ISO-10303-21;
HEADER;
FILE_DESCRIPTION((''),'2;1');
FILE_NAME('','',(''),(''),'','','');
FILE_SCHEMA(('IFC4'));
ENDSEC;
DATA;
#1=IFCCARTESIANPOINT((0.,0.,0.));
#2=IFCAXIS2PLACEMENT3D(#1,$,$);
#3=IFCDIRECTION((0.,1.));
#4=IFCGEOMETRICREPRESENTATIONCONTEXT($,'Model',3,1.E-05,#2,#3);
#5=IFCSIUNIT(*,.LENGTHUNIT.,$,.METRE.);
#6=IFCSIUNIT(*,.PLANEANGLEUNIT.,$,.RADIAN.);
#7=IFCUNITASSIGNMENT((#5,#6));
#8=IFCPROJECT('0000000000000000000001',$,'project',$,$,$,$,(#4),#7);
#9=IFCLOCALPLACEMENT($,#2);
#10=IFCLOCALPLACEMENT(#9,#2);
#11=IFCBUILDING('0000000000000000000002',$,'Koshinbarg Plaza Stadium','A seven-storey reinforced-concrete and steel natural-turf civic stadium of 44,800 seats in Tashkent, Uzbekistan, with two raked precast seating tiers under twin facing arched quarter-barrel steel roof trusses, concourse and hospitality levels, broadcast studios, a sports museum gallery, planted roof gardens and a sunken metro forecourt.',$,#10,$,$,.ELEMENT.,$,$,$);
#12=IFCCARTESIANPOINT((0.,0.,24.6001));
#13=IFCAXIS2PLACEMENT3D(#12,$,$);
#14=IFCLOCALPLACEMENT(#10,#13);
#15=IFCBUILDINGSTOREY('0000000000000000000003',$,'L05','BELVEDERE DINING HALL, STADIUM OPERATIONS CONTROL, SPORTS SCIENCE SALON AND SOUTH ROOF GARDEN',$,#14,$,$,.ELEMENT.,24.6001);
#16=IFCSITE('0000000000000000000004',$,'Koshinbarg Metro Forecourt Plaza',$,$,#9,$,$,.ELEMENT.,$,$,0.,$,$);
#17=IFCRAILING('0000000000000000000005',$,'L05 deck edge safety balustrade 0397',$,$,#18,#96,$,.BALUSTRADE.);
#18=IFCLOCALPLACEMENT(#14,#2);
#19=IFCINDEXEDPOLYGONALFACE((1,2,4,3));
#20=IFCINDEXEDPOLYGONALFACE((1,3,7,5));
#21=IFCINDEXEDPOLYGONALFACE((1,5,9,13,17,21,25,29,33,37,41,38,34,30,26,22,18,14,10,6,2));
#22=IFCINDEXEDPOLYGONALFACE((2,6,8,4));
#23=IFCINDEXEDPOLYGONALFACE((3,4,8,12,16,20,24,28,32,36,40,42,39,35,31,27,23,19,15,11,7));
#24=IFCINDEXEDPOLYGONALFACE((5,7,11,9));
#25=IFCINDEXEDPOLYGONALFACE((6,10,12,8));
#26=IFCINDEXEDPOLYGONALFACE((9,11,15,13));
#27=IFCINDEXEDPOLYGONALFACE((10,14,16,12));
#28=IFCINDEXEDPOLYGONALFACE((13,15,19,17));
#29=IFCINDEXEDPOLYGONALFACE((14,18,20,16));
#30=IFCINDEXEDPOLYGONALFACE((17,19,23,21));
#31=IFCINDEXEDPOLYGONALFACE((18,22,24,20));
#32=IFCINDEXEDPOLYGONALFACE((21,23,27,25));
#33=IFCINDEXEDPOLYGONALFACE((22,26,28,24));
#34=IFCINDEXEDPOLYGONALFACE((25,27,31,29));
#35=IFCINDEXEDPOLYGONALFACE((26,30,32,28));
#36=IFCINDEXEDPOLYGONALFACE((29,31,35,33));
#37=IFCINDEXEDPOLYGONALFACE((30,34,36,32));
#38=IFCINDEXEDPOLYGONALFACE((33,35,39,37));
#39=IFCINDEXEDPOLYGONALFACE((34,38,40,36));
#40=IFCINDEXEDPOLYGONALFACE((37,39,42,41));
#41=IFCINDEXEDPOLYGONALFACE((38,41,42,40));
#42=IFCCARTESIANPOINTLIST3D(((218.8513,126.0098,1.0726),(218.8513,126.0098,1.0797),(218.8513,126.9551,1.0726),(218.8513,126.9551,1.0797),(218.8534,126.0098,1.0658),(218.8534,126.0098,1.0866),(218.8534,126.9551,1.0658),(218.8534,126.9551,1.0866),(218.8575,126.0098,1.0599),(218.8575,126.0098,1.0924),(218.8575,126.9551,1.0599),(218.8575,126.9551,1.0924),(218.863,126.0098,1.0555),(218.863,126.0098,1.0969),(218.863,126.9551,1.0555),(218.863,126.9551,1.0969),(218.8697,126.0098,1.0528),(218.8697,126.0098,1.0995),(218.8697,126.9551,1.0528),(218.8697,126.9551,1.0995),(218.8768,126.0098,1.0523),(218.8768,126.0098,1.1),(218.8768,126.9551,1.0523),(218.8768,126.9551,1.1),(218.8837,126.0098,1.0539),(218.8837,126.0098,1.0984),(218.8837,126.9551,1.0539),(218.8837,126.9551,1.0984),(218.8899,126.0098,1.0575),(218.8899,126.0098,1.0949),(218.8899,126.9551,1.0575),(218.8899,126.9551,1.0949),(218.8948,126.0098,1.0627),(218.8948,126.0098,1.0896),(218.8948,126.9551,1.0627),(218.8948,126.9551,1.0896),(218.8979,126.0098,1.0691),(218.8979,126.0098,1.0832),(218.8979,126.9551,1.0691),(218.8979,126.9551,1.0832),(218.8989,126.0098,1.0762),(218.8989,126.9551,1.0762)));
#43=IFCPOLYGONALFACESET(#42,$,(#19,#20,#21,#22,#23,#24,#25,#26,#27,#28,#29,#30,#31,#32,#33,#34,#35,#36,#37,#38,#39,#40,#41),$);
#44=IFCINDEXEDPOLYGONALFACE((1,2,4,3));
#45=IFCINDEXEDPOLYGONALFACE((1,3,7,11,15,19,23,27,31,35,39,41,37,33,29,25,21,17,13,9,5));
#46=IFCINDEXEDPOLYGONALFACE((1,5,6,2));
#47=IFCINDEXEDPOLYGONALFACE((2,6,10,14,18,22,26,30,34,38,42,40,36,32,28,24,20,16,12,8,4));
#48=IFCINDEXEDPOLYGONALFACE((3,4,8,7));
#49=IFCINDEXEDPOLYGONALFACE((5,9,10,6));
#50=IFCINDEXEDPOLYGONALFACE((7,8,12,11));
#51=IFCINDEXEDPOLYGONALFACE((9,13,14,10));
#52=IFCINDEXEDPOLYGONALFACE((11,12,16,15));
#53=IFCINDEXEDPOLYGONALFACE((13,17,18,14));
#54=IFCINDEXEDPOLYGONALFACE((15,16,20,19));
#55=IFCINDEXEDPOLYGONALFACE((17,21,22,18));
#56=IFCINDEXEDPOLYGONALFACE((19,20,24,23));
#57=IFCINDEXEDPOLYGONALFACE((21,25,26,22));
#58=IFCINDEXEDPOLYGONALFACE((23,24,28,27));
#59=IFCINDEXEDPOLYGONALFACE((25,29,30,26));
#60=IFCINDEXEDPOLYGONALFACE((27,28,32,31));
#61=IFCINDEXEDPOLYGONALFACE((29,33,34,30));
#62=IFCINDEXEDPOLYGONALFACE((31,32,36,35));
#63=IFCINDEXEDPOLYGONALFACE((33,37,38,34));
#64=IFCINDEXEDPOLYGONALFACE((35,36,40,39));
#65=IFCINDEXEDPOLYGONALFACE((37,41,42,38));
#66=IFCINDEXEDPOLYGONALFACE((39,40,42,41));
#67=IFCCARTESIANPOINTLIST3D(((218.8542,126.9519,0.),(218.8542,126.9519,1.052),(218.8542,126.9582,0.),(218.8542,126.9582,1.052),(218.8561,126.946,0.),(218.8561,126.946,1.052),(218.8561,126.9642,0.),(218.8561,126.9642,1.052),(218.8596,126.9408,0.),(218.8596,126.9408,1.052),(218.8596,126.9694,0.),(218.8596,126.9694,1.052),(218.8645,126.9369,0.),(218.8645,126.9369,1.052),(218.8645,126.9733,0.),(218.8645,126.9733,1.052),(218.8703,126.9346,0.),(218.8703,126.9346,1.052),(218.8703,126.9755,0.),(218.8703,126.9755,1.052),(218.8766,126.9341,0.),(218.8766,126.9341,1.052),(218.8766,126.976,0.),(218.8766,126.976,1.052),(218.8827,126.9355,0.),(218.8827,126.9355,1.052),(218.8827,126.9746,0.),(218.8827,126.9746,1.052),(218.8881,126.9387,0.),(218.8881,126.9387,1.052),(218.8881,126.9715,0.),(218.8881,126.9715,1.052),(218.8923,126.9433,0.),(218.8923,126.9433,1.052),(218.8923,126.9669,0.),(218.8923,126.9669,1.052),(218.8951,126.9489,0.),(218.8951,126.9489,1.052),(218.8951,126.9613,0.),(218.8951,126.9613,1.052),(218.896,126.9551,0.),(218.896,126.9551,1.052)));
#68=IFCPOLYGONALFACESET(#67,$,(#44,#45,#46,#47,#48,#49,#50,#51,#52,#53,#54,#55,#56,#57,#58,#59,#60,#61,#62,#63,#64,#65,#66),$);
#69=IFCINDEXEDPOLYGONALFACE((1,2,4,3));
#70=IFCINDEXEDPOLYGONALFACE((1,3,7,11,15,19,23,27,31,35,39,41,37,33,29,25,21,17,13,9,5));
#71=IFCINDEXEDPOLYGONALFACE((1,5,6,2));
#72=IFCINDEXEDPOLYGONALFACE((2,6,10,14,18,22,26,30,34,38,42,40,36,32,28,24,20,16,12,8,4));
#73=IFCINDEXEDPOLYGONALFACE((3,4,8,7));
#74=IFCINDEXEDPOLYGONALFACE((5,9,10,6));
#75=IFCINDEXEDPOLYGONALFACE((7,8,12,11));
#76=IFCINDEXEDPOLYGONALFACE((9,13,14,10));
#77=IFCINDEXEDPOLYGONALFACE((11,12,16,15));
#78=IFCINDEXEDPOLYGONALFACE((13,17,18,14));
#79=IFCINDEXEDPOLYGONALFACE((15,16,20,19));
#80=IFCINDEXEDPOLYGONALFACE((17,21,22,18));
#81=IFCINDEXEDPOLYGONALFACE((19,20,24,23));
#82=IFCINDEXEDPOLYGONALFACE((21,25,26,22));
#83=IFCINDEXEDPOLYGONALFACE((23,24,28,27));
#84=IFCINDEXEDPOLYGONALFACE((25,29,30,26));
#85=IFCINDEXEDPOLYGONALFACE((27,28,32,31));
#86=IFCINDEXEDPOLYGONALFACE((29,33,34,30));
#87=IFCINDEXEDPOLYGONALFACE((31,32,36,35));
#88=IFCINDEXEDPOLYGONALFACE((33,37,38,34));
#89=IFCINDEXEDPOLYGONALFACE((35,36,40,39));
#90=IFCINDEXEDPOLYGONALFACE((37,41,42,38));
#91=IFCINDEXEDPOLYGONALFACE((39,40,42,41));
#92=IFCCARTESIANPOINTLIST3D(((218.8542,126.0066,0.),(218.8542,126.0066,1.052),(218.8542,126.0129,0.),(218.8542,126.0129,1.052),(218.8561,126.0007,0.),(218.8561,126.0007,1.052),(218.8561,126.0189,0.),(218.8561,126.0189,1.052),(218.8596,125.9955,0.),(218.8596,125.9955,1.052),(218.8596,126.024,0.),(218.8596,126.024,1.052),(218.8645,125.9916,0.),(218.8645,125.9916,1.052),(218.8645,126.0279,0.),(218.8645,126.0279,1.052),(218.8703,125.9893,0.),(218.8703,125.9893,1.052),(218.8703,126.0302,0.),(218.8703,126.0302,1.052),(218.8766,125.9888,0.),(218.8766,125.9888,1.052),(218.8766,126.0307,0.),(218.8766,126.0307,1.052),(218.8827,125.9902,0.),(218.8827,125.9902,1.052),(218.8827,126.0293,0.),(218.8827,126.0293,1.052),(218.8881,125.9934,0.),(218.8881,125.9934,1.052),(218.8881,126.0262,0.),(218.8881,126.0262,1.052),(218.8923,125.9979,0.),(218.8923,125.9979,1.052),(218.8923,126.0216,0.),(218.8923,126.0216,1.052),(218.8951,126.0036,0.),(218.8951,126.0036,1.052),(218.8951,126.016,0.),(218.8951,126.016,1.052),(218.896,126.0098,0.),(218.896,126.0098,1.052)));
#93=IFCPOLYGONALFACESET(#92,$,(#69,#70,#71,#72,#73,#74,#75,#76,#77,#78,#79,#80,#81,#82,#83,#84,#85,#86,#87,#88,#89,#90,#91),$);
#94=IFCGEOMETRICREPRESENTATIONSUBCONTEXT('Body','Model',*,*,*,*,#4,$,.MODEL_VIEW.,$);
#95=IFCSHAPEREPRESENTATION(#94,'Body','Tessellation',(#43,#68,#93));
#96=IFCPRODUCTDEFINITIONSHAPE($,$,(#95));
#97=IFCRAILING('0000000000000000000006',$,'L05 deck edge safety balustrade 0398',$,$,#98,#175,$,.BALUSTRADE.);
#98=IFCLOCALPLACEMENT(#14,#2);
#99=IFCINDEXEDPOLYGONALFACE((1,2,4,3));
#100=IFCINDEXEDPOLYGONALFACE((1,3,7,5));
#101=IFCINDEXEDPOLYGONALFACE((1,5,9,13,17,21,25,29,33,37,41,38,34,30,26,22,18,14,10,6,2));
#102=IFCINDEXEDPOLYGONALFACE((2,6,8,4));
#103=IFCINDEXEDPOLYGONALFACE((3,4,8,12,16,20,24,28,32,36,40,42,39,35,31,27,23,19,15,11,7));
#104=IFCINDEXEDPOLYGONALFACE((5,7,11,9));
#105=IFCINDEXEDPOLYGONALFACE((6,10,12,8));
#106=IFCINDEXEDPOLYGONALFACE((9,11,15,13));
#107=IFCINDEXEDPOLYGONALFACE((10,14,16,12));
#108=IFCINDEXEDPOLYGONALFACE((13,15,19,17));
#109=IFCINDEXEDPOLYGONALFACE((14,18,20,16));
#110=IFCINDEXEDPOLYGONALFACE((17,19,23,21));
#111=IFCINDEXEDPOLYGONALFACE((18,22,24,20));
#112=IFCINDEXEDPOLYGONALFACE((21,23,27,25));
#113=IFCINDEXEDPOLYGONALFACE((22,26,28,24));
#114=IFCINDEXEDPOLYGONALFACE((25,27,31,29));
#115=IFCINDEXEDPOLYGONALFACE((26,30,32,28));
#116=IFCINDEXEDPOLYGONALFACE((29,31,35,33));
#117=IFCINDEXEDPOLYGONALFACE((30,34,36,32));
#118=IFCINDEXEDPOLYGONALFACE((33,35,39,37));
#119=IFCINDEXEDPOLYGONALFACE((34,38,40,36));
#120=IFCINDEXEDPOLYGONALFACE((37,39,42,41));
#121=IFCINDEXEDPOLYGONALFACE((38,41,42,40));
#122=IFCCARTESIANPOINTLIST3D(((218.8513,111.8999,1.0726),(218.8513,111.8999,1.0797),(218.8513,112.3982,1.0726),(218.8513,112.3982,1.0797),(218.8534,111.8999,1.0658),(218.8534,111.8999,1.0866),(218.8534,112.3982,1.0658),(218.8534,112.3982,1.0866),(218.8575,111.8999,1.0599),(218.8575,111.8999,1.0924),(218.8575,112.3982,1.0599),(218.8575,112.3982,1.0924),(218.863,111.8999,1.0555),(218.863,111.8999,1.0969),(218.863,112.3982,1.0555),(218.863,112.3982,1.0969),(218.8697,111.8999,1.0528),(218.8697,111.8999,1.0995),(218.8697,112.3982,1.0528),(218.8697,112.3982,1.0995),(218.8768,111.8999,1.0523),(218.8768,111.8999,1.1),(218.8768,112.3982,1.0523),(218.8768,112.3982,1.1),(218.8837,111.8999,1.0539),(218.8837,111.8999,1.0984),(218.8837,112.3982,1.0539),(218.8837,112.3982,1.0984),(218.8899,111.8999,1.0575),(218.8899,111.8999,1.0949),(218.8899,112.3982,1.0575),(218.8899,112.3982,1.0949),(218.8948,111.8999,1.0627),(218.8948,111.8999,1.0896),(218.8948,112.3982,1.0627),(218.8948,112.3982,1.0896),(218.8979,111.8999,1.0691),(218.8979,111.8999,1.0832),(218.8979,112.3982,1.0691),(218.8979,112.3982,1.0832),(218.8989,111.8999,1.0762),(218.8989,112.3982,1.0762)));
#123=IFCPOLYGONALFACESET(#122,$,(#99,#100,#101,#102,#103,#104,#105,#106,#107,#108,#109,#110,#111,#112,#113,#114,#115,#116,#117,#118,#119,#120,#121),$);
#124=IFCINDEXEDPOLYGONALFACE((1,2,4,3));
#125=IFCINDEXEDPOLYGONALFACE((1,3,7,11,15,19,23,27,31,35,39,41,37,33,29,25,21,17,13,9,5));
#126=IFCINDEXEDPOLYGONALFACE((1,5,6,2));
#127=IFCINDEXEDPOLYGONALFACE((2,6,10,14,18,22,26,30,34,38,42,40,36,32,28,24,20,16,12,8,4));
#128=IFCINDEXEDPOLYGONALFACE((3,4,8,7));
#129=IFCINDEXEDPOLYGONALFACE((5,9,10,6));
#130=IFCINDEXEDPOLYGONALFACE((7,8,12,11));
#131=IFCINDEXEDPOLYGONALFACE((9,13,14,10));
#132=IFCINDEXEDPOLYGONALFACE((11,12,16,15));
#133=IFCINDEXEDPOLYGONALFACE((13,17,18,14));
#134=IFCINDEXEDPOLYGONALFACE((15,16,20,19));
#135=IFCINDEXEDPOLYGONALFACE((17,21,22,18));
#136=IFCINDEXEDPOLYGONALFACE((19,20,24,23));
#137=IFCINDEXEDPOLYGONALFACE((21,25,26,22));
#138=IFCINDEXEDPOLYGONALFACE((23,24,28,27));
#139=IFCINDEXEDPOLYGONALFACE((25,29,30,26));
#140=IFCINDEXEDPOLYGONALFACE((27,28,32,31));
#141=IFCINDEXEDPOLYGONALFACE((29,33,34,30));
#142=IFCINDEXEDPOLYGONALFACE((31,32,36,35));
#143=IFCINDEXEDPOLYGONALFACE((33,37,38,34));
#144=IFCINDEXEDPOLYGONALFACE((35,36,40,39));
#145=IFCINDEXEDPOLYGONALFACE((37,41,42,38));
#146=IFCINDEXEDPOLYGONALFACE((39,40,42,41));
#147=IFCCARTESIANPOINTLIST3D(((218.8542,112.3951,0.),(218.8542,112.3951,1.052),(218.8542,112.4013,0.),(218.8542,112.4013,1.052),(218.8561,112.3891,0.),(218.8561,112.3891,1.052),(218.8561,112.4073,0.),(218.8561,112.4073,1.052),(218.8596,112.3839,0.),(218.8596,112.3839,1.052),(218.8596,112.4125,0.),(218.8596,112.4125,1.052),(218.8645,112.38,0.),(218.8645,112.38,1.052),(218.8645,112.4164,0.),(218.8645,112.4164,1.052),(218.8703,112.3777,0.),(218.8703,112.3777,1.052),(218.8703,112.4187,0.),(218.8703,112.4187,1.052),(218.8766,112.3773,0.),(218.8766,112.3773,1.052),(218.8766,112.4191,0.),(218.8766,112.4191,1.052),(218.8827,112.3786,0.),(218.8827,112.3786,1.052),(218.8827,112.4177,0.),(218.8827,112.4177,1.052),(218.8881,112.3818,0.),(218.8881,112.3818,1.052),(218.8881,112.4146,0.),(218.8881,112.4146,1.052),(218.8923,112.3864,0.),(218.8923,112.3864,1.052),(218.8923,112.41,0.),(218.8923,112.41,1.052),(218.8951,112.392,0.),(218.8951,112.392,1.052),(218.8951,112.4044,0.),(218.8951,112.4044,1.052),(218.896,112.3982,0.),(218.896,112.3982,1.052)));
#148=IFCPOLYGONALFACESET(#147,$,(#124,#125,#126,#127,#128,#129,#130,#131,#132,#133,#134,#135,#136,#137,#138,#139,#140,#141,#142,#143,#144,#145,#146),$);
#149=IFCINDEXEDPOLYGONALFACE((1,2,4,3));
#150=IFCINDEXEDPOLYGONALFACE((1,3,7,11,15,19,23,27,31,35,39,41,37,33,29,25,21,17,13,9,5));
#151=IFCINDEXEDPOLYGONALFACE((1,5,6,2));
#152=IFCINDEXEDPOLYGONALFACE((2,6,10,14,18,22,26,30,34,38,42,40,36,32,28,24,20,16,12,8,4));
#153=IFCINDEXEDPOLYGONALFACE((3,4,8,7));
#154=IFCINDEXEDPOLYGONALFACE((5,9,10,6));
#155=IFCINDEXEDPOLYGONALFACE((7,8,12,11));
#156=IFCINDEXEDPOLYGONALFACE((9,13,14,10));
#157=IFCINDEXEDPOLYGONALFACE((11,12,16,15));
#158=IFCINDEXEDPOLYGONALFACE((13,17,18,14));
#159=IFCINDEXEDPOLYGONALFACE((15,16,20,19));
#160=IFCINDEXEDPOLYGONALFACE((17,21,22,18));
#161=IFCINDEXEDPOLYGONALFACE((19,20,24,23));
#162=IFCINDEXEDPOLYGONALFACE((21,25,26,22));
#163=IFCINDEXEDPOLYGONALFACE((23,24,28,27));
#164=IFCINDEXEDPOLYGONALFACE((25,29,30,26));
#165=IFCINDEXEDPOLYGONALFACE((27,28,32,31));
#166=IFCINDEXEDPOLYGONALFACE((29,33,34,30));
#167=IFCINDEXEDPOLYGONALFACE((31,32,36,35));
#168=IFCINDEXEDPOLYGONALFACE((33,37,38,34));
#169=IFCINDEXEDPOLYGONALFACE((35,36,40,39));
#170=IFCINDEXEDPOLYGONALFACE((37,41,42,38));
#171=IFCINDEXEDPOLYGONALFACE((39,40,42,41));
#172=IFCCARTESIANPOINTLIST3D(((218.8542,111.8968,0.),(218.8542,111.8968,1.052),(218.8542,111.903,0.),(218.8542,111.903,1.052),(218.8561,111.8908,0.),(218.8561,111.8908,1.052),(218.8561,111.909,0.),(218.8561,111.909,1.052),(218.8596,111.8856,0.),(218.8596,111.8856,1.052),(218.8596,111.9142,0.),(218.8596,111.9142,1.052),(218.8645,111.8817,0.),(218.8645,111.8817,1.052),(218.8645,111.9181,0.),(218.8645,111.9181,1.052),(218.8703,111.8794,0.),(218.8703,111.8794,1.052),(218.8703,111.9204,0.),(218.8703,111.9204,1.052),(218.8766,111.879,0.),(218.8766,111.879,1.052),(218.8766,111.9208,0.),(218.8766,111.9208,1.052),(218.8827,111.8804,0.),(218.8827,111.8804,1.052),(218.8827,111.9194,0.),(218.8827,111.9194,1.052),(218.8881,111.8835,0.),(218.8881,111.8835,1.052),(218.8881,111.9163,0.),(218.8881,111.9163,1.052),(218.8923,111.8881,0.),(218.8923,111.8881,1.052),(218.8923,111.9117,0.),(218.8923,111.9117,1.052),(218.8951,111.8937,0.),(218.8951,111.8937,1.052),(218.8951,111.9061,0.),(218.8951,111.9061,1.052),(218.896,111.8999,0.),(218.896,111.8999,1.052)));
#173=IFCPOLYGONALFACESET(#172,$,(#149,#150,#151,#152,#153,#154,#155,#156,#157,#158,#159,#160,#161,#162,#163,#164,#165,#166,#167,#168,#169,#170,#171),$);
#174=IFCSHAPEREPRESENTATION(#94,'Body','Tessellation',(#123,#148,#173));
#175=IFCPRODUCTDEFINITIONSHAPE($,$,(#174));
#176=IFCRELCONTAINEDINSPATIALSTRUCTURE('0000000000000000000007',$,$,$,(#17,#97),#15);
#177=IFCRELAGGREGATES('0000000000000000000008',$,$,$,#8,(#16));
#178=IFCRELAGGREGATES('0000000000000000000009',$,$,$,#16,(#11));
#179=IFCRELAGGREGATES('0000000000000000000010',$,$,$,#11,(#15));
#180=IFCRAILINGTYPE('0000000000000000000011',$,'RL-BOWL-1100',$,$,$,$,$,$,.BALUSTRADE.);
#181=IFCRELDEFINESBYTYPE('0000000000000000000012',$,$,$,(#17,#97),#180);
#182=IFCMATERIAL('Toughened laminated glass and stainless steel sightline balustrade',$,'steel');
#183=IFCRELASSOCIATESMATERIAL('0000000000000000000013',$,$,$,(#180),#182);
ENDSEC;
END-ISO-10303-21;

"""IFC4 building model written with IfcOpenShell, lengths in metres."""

from ifc_helpers import new_model, si_unit, direction, frame, origin, origin_2d, place, context, subcontext, project, spatial, circle, extrude, material, type_object, element, save


model = new_model("IFC4")

# Units and contexts
model_context = context("Model", 3, precision=1e-05, world=origin(), true_north=direction((0.0, 1.0)))
body_context = subcontext(model_context, "Body", "Model", "MODEL_VIEW")
ifc_project = project(units=[si_unit("LENGTHUNIT", "METRE"), si_unit("PLANEANGLEUNIT", "RADIAN")], contexts=[model_context])

# Site, building, storey
site_placement = place(None, origin())
site = spatial("IfcSite", under=ifc_project, at=site_placement, Name="Koshinbarg Metro Forecourt Plaza", CompositionType="ELEMENT", RefElevation=0.0)
building_placement = place(site_placement, origin())
building = spatial("IfcBuilding", under=site, at=building_placement, Name="Koshinbarg Plaza Stadium", Description="A seven-storey reinforced-concrete and steel natural-turf civic stadium of 44,800 seats in Tashkent, Uzbekistan, with two raked precast seating tiers under twin facing arched quarter-barrel steel roof trusses, concourse and hospitality levels, broadcast studios, a sports museum gallery, planted roof gardens and a sunken metro forecourt.", CompositionType="ELEMENT")
storey_placement = place(building_placement, frame((0.0, 0.0, 24.6001)))
storey = spatial("IfcBuildingStorey", under=building, at=storey_placement, Name="L05", Description="BELVEDERE DINING HALL, STADIUM OPERATIONS CONTROL, SPORTS SCIENCE SALON AND SOUTH ROOF GARDEN", CompositionType="ELEMENT", Elevation=24.6001)

# Railings
ifc_material_1 = material(Name="Toughened laminated glass and stainless steel sightline balustrade", Category="steel")
railing_type_1 = type_object("IfcRailingType", Name="RL-BOWL-1100", PredefinedType="BALUSTRADE", material=ifc_material_1)
railing_1_placement = place(storey_placement, frame((218.875, 126.9551, 0.0)))
element("IfcRailing", 1, at=railing_1_placement, inside=storey, type_object=railing_type_1, Name="L05 deck edge safety balustrade 0397", PredefinedType="BALUSTRADE", context=body_context, shape_type="SweptSolid", body=[
    extrude(circle(Radius=0.0239, at=origin_2d()), frame((0.0, 0.0, 1.0762), z_axis=(0.0, -1.0, 0.0), x_axis=(1.0, 0.0, 0.0)), (0.0, 0.0, 1.0), 0.9453),
    extrude(circle(Radius=0.021, at=origin_2d()), origin(), (0.0, 0.0, 1.0), 1.052),
    extrude(circle(Radius=0.021, at=origin_2d()), frame((0.0, -0.9453, 0.0)), (0.0, 0.0, 1.0), 1.052),
])
railing_2_placement = place(storey_placement, frame((218.875, 112.3982, 0.0)))
element("IfcRailing", 2, at=railing_2_placement, inside=storey, type_object=railing_type_1, Name="L05 deck edge safety balustrade 0398", PredefinedType="BALUSTRADE", context=body_context, shape_type="SweptSolid", body=[
    extrude(circle(Radius=0.0239, at=origin_2d()), frame((0.0, 0.0, 1.0762), z_axis=(0.0, -1.0, 0.0), x_axis=(1.0, 0.0, 0.0)), (0.0, 0.0, 1.0), 0.4983),
    extrude(circle(Radius=0.021, at=origin_2d()), origin(), (0.0, 0.0, 1.0), 1.052),
    extrude(circle(Radius=0.021, at=origin_2d()), frame((0.0, -0.4983, 0.0)), (0.0, 0.0, 1.0), 1.052),
])

save(model, "model.ifc")
